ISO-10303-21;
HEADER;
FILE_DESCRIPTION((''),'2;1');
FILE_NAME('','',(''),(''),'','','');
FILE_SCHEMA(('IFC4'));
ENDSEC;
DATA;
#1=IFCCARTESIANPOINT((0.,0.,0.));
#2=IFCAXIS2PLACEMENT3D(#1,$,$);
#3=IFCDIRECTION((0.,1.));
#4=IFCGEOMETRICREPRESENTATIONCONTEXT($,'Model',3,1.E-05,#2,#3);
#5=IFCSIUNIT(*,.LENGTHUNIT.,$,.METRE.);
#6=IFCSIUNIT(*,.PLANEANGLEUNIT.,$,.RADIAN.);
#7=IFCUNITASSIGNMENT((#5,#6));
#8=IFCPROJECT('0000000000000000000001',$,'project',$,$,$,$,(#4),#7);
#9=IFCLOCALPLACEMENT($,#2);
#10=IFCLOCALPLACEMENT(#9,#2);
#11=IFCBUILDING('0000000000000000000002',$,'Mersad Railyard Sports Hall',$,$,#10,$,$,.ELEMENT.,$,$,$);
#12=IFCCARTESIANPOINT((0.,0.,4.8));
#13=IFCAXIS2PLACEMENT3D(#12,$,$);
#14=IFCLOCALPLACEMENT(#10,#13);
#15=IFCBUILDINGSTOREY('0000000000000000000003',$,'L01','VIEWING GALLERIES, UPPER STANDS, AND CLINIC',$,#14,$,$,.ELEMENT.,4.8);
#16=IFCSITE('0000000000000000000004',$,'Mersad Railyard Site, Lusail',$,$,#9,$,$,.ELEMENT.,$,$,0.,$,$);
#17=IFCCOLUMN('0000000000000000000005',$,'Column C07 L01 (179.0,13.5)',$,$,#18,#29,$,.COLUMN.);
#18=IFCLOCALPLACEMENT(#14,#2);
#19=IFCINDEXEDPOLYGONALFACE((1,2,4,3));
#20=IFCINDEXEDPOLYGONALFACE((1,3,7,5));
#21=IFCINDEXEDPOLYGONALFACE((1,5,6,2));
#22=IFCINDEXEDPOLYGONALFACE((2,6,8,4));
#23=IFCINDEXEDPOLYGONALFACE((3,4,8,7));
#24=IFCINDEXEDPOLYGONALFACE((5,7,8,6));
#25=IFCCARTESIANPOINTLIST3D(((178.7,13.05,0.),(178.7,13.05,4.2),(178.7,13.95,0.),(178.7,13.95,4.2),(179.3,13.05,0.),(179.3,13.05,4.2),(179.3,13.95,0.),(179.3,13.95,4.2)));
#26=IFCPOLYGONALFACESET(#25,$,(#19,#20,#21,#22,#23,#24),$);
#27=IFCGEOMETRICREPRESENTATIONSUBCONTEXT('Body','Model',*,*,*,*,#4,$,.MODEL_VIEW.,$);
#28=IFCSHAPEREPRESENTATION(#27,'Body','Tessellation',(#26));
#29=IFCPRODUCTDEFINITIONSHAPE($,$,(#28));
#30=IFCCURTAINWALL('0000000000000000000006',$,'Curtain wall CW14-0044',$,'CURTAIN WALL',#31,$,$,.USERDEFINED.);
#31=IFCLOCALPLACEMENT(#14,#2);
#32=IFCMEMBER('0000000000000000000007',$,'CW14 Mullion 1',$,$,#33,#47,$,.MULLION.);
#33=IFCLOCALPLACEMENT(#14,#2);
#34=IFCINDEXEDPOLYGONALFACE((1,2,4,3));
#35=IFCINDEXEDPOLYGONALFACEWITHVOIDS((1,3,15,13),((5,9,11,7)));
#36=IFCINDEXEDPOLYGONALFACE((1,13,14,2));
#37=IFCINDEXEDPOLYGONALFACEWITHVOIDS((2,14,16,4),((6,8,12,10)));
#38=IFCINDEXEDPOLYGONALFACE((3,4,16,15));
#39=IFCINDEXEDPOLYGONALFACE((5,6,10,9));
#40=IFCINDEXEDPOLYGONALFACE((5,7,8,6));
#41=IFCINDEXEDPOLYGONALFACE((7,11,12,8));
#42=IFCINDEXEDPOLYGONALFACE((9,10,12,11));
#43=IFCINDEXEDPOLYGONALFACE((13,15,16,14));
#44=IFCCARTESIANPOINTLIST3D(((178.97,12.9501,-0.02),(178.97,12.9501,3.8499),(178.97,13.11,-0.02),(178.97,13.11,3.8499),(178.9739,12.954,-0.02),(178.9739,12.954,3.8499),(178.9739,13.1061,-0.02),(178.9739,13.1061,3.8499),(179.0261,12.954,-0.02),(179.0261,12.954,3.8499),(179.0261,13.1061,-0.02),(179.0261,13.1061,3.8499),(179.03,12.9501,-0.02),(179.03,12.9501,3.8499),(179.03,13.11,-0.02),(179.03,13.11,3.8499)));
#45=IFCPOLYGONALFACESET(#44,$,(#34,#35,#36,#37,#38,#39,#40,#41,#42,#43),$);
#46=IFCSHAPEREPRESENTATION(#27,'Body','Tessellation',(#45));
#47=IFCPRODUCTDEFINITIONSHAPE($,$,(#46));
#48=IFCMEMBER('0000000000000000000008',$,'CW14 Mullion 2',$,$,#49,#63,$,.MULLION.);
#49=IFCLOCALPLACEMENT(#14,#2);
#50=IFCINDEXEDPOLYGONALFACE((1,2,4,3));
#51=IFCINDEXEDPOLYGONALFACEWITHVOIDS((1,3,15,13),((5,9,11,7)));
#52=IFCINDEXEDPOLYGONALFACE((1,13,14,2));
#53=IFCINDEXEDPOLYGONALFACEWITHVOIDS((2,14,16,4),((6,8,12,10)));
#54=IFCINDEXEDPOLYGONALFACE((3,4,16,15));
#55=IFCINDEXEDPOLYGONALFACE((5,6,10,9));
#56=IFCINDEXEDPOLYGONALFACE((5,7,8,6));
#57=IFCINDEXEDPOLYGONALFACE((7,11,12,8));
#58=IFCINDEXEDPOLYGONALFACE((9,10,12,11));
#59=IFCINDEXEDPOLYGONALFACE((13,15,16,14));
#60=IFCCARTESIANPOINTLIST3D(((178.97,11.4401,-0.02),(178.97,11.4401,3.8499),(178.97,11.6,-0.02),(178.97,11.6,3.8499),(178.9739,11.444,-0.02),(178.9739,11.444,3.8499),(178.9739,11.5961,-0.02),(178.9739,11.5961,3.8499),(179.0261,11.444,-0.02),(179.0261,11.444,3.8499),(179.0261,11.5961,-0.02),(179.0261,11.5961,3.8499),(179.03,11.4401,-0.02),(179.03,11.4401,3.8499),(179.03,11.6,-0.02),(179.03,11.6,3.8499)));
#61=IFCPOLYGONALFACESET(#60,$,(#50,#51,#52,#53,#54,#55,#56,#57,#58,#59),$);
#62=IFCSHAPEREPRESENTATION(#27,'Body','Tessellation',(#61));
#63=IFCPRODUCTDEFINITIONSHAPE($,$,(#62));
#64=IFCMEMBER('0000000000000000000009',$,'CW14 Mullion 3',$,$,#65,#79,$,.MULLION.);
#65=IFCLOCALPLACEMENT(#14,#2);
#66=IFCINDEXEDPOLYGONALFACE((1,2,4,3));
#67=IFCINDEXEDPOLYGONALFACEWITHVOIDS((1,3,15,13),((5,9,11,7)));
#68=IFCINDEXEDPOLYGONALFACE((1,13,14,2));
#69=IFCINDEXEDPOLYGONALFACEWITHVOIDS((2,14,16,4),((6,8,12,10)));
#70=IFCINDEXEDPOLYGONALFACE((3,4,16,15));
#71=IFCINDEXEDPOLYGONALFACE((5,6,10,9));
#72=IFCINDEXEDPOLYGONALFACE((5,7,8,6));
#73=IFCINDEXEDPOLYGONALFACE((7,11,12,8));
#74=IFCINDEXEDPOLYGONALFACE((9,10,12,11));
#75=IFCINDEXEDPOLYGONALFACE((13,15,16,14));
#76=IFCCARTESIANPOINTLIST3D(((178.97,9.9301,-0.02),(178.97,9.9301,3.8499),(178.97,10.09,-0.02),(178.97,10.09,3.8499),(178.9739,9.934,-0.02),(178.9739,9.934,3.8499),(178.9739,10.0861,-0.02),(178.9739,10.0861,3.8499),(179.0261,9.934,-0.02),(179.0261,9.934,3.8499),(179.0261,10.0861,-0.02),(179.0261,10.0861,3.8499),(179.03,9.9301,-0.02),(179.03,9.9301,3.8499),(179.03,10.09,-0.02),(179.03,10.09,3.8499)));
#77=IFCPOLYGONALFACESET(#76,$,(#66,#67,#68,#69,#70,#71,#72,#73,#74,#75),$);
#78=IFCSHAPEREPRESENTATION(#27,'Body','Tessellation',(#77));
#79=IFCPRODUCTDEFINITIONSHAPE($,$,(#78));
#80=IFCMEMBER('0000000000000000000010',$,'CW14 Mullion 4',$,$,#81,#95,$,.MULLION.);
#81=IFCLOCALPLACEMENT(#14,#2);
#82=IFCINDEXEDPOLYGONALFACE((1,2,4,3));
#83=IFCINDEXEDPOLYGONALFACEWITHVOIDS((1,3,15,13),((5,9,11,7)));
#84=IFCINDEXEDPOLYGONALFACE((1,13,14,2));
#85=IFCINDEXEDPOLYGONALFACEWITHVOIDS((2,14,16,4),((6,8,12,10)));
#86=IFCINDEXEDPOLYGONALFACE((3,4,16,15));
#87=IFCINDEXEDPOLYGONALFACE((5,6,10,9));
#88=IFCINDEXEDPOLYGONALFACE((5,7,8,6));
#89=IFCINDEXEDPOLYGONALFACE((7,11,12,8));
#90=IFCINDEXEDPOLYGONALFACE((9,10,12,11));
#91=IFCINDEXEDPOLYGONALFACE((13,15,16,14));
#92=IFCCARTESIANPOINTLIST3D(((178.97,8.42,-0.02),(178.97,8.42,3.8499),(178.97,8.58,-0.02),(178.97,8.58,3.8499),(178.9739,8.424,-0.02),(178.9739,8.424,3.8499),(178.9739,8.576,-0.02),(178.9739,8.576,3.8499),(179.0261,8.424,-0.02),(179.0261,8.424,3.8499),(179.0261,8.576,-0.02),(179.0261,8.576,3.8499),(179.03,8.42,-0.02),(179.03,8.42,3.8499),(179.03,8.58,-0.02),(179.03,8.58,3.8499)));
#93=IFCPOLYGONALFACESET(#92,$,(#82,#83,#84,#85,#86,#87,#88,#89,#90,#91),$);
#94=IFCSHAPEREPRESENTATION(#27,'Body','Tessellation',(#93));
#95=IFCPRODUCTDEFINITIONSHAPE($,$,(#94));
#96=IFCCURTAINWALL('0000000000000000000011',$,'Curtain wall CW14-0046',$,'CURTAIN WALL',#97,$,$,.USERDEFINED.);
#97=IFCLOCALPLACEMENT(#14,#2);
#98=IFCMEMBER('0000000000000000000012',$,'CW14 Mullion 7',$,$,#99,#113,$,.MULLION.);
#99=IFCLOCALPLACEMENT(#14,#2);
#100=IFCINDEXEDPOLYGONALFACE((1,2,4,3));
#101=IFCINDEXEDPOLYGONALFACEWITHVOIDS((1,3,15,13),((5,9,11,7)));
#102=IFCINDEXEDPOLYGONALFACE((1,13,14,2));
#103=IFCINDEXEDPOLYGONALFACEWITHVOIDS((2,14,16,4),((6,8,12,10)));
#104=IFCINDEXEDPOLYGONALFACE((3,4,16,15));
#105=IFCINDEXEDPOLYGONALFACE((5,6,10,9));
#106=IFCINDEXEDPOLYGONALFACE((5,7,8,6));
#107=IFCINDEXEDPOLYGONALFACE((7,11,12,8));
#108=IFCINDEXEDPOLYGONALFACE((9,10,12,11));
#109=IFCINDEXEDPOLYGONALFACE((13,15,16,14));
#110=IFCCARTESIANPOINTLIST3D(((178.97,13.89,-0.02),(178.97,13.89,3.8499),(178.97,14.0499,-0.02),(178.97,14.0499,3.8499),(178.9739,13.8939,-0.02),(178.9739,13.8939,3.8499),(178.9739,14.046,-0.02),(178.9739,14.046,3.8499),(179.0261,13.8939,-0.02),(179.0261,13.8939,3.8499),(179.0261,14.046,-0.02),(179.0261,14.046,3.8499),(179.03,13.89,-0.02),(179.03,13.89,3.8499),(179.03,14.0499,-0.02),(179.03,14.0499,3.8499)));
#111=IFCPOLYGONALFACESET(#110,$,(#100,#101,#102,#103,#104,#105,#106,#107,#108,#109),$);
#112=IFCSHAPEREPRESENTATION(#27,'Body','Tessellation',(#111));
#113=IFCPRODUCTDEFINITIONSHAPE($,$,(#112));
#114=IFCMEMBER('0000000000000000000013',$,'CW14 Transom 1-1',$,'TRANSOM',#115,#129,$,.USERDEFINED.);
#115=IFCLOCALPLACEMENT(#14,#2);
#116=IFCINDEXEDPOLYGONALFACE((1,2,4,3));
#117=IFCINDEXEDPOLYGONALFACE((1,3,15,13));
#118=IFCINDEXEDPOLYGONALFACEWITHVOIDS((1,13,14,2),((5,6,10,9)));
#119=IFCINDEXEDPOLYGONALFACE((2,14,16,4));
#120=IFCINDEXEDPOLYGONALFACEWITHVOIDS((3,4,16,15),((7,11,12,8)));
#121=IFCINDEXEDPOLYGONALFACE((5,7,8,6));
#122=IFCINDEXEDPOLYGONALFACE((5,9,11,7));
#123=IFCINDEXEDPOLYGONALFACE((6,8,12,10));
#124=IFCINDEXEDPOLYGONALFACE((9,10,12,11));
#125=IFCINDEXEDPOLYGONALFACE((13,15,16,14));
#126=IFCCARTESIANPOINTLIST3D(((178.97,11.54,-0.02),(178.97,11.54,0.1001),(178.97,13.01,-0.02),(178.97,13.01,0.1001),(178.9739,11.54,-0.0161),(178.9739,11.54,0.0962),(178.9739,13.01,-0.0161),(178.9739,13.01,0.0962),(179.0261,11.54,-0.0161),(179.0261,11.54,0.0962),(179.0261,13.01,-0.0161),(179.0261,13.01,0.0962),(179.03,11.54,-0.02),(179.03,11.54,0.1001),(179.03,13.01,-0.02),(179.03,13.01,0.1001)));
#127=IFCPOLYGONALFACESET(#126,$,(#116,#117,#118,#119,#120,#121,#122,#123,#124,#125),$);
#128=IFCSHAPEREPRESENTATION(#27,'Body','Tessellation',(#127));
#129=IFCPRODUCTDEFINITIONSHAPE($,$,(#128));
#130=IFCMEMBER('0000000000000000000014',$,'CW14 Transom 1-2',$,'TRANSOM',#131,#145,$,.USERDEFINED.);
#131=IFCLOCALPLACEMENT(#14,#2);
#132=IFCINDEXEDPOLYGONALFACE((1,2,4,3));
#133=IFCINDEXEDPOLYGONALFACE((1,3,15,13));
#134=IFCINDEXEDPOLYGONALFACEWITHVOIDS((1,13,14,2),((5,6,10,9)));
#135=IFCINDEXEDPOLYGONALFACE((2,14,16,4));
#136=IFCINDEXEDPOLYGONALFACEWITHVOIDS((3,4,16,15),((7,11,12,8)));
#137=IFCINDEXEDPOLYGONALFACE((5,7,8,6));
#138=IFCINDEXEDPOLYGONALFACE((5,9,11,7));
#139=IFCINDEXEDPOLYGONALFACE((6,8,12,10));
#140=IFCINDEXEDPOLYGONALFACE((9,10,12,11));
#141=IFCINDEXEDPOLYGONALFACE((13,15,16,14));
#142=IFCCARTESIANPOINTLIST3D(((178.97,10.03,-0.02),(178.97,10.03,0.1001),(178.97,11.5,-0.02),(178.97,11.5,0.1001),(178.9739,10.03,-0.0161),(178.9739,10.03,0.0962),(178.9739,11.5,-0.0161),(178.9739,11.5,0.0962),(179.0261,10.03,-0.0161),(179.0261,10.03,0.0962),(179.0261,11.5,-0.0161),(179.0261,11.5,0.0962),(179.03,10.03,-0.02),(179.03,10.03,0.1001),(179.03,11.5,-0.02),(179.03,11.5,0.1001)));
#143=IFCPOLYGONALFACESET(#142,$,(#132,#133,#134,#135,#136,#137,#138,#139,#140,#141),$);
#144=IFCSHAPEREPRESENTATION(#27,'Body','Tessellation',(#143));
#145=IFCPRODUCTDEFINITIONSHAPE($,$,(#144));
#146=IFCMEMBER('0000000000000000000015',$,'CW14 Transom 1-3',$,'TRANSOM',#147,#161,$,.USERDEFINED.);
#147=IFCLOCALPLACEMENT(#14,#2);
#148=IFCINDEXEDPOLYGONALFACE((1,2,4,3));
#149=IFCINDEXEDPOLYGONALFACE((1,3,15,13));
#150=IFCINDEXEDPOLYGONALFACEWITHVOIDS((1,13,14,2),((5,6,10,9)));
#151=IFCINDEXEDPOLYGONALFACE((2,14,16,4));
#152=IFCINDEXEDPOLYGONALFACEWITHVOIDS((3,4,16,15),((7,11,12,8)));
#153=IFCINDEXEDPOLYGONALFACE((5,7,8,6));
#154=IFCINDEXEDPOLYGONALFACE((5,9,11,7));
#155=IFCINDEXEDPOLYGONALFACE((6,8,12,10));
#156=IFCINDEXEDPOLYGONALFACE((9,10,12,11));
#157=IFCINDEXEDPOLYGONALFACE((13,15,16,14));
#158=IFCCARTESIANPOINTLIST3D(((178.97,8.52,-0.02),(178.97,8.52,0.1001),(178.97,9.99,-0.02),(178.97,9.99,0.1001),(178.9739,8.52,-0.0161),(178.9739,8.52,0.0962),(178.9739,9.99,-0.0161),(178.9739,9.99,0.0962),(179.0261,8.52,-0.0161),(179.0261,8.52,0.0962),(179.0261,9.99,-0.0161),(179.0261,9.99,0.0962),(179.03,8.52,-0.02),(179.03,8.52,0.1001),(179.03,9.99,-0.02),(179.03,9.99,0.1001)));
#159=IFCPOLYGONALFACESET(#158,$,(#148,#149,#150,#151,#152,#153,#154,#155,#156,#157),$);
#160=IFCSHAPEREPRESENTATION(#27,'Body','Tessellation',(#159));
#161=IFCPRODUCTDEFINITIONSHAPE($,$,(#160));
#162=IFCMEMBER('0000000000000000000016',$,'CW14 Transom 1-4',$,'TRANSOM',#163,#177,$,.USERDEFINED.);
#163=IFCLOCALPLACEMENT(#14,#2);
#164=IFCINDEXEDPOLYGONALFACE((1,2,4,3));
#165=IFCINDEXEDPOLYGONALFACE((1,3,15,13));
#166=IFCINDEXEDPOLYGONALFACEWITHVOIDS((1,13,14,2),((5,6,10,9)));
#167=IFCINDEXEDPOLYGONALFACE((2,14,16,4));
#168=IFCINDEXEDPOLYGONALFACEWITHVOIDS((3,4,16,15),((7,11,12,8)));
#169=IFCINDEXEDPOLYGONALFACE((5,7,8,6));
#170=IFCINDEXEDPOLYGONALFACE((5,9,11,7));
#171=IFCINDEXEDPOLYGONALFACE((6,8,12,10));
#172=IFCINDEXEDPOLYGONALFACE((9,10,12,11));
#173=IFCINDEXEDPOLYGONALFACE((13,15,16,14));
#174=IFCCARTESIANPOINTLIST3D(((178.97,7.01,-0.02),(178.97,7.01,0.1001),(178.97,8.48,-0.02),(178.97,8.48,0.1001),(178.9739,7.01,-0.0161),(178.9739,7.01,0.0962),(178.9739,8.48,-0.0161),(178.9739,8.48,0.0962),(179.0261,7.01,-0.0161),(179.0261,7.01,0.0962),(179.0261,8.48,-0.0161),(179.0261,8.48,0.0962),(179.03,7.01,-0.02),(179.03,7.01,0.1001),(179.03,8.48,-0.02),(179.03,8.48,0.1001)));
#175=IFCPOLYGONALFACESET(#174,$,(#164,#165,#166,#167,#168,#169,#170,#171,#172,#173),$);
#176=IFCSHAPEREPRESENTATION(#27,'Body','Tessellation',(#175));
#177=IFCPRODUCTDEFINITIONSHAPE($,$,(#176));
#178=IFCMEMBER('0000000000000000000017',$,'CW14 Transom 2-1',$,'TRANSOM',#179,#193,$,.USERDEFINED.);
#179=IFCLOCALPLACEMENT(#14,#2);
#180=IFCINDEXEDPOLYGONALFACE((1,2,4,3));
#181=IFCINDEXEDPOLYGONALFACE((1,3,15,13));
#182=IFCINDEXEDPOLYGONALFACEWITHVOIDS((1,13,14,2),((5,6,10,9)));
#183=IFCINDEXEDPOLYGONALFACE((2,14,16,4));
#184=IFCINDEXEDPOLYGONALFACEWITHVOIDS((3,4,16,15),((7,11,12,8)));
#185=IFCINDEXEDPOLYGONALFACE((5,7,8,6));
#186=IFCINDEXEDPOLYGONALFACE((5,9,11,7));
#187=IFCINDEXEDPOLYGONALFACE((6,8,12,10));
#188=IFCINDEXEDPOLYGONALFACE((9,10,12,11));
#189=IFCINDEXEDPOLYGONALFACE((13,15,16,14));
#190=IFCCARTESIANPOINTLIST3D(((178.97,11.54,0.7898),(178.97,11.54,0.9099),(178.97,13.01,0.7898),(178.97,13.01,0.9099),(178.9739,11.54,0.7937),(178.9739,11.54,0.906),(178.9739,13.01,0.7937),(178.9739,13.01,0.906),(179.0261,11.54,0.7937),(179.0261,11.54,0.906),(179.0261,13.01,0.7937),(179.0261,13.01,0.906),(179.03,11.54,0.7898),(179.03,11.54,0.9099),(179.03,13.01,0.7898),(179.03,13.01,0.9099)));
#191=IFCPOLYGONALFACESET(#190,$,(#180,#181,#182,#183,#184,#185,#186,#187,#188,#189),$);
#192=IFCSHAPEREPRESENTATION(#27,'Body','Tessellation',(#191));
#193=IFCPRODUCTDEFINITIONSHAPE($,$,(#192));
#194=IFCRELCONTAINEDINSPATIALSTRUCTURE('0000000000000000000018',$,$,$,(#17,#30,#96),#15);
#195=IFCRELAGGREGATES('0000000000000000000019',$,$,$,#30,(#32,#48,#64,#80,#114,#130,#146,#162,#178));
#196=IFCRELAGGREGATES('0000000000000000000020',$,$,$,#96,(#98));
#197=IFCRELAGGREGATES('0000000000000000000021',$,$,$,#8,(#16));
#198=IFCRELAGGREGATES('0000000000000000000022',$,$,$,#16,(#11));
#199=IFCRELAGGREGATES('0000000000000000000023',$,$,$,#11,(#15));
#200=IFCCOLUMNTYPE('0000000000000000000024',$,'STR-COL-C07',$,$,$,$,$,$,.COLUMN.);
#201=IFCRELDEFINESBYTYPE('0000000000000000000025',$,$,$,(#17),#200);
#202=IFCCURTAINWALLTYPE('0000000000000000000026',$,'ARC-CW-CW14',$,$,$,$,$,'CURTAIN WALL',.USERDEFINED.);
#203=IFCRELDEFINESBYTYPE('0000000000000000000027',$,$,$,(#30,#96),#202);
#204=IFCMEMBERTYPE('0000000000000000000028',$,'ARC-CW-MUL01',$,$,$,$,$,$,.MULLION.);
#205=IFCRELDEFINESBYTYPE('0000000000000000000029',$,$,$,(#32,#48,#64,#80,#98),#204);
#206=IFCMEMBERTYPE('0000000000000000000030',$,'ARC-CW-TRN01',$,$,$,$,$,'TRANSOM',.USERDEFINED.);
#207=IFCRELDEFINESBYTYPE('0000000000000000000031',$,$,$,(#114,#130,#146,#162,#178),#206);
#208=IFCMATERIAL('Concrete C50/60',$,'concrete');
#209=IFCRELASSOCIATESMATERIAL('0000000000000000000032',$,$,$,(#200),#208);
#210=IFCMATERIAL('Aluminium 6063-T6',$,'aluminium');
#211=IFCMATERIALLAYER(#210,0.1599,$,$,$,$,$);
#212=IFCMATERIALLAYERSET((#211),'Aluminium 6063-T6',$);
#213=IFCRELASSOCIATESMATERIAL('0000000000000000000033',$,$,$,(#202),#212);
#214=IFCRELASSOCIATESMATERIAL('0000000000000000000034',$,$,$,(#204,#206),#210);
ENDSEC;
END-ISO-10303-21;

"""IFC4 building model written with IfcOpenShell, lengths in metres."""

from ifc_helpers import new_model, si_unit, direction, frame, origin, origin_2d, place, context, subcontext, project, spatial, rectangle, hollow_rectangle, extrude, material, layer, layer_set, material_profile, profile_set, type_object, element, aggregate, save


model = new_model("IFC4")

# Units and contexts
model_context = context("Model", 3, precision=1e-05, world=origin(), true_north=direction((0.0, 1.0)))
body_context = subcontext(model_context, "Body", "Model", "MODEL_VIEW")
ifc_project = project(units=[si_unit("LENGTHUNIT", "METRE"), si_unit("PLANEANGLEUNIT", "RADIAN")], contexts=[model_context])

# Site, building, storey
site_placement = place(None, origin())
site = spatial("IfcSite", under=ifc_project, at=site_placement, Name="Mersad Railyard Site, Lusail", CompositionType="ELEMENT", RefElevation=0.0)
building_placement = place(site_placement, origin())
building = spatial("IfcBuilding", under=site, at=building_placement, Name="Mersad Railyard Sports Hall", CompositionType="ELEMENT")
storey_placement = place(building_placement, frame((0.0, 0.0, 4.8)))
storey = spatial("IfcBuildingStorey", under=building, at=storey_placement, Name="L01", Description="VIEWING GALLERIES, UPPER STANDS, AND CLINIC", CompositionType="ELEMENT", Elevation=4.8)

# Column
ifc_material_1 = material(Name="Concrete C50/60", Category="concrete")
ifc_material_profile_1 = material_profile(ifc_material_1, rectangle(XDim=0.6001, YDim=0.8999, at=origin_2d()), Name="RC 600x900")
ifc_profile_set_1 = profile_set([ifc_material_profile_1], Name="Concrete C50/60")
column_type = type_object("IfcColumnType", Name="STR-COL-C07", PredefinedType="COLUMN", material=ifc_profile_set_1)
column_placement = place(storey_placement, frame((179.0, 13.5, 0.0), z_axis=(0.0, 0.0, 1.0), x_axis=(1.0, 0.0, 0.0)))
element("IfcColumn", 1, at=column_placement, inside=storey, type_object=column_type, Name="Column C07 L01 (179.0,13.5)", PredefinedType="COLUMN", context=body_context, shape_type="SweptSolid", body=[
    extrude(rectangle(XDim=0.6001, YDim=0.8999, at=origin_2d()), origin(), (0.0, 0.0, 1.0), 4.2),
])

# Curtain wall, members
ifc_material_2 = material(Name="Aluminium 6063-T6", Category="aluminium")
ifc_layer_1 = layer(ifc_material_2, 0.1599)
ifc_layer_set_1 = layer_set([ifc_layer_1], Name="Aluminium 6063-T6")
curtain_wall_type = type_object("IfcCurtainWallType", Name="ARC-CW-CW14", ElementType="CURTAIN WALL", PredefinedType="USERDEFINED", material=ifc_layer_set_1)
curtain_wall_1_placement = place(storey_placement, origin())
curtain_wall_1 = element("IfcCurtainWall", 2, at=curtain_wall_1_placement, inside=storey, type_object=curtain_wall_type, Name="Curtain wall CW14-0044", ObjectType="CURTAIN WALL", PredefinedType="USERDEFINED")
ifc_material_profile_2 = material_profile(ifc_material_2, hollow_rectangle(XDim=0.0601, YDim=0.1599, WallThickness=0.0039, at=origin_2d()), Name="AL MULLION 60x160x4")
ifc_profile_set_2 = profile_set([ifc_material_profile_2], Name="Aluminium 6063-T6")
member_type_1 = type_object("IfcMemberType", Name="ARC-CW-MUL01", PredefinedType="MULLION", material=ifc_profile_set_2)
member_1_placement = place(storey_placement, frame((179.0, 13.03, -0.02), z_axis=(0.0, 0.0, 1.0), x_axis=(1.0, 0.0, 0.0)))
member_1 = element("IfcMember", 3, at=member_1_placement, type_object=member_type_1, Name="CW14 Mullion 1", PredefinedType="MULLION", context=body_context, shape_type="SweptSolid", body=[
    extrude(hollow_rectangle(XDim=0.0601, YDim=0.1599, WallThickness=0.0039, at=origin_2d()), origin(), (0.0, 0.0, 1.0), 3.8699),
])
member_2_placement = place(storey_placement, frame((179.0, 11.52, -0.02), z_axis=(0.0, 0.0, 1.0), x_axis=(1.0, 0.0, 0.0)))
member_2 = element("IfcMember", 4, at=member_2_placement, type_object=member_type_1, Name="CW14 Mullion 2", PredefinedType="MULLION", context=body_context, shape_type="SweptSolid", body=[
    extrude(hollow_rectangle(XDim=0.0601, YDim=0.1599, WallThickness=0.0039, at=origin_2d()), origin(), (0.0, 0.0, 1.0), 3.8699),
])
member_3_placement = place(storey_placement, frame((179.0, 10.01, -0.02), z_axis=(0.0, 0.0, 1.0), x_axis=(1.0, 0.0, 0.0)))
member_3 = element("IfcMember", 5, at=member_3_placement, type_object=member_type_1, Name="CW14 Mullion 3", PredefinedType="MULLION", context=body_context, shape_type="SweptSolid", body=[
    extrude(hollow_rectangle(XDim=0.0601, YDim=0.1599, WallThickness=0.0039, at=origin_2d()), origin(), (0.0, 0.0, 1.0), 3.8699),
])
member_4_placement = place(storey_placement, frame((179.0, 8.5, -0.02), z_axis=(0.0, 0.0, 1.0), x_axis=(1.0, 0.0, 0.0)))
member_4 = element("IfcMember", 6, at=member_4_placement, type_object=member_type_1, Name="CW14 Mullion 4", PredefinedType="MULLION", context=body_context, shape_type="SweptSolid", body=[
    extrude(hollow_rectangle(XDim=0.0601, YDim=0.1599, WallThickness=0.0039, at=origin_2d()), origin(), (0.0, 0.0, 1.0), 3.8699),
])

# Curtain wall, member
curtain_wall_2_placement = place(storey_placement, origin())
curtain_wall_2 = element("IfcCurtainWall", 7, at=curtain_wall_2_placement, inside=storey, type_object=curtain_wall_type, Name="Curtain wall CW14-0046", ObjectType="CURTAIN WALL", PredefinedType="USERDEFINED")
member_5_placement = place(storey_placement, frame((179.0, 13.97, -0.02), z_axis=(0.0, 0.0, 1.0), x_axis=(1.0, 0.0, 0.0)))
member_5 = element("IfcMember", 8, at=member_5_placement, type_object=member_type_1, Name="CW14 Mullion 7", PredefinedType="MULLION", context=body_context, shape_type="SweptSolid", body=[
    extrude(hollow_rectangle(XDim=0.0601, YDim=0.1599, WallThickness=0.0039, at=origin_2d()), origin(), (0.0, 0.0, 1.0), 3.8699),
])

# Members
ifc_material_profile_3 = material_profile(ifc_material_2, hollow_rectangle(XDim=0.0601, YDim=0.1201, WallThickness=0.0039, at=origin_2d()), Name="AL TRANSOM 60x120x4")
ifc_profile_set_3 = profile_set([ifc_material_profile_3], Name="Aluminium 6063-T6")
member_type_2 = type_object("IfcMemberType", Name="ARC-CW-TRN01", ElementType="TRANSOM", PredefinedType="USERDEFINED", material=ifc_profile_set_3)
member_6_placement = place(storey_placement, frame((179.0, 13.01, 0.04), z_axis=(0.0, -1.0, 0.0), x_axis=(1.0, 0.0, 0.0)))
member_6 = element("IfcMember", 9, at=member_6_placement, type_object=member_type_2, Name="CW14 Transom 1-1", ObjectType="TRANSOM", PredefinedType="USERDEFINED", context=body_context, shape_type="SweptSolid", body=[
    extrude(hollow_rectangle(XDim=0.0601, YDim=0.1201, WallThickness=0.0039, at=origin_2d()), origin(), (0.0, 0.0, 1.0), 1.47),
])
member_7_placement = place(storey_placement, frame((179.0, 11.5, 0.04), z_axis=(0.0, -1.0, 0.0), x_axis=(1.0, 0.0, 0.0)))
member_7 = element("IfcMember", 10, at=member_7_placement, type_object=member_type_2, Name="CW14 Transom 1-2", ObjectType="TRANSOM", PredefinedType="USERDEFINED", context=body_context, shape_type="SweptSolid", body=[
    extrude(hollow_rectangle(XDim=0.0601, YDim=0.1201, WallThickness=0.0039, at=origin_2d()), origin(), (0.0, 0.0, 1.0), 1.47),
])
member_8_placement = place(storey_placement, frame((179.0, 9.99, 0.04), z_axis=(0.0, -1.0, 0.0), x_axis=(1.0, 0.0, 0.0)))
member_8 = element("IfcMember", 11, at=member_8_placement, type_object=member_type_2, Name="CW14 Transom 1-3", ObjectType="TRANSOM", PredefinedType="USERDEFINED", context=body_context, shape_type="SweptSolid", body=[
    extrude(hollow_rectangle(XDim=0.0601, YDim=0.1201, WallThickness=0.0039, at=origin_2d()), origin(), (0.0, 0.0, 1.0), 1.47),
])
member_9_placement = place(storey_placement, frame((179.0, 8.48, 0.04), z_axis=(0.0, -1.0, 0.0), x_axis=(1.0, 0.0, 0.0)))
member_9 = element("IfcMember", 12, at=member_9_placement, type_object=member_type_2, Name="CW14 Transom 1-4", ObjectType="TRANSOM", PredefinedType="USERDEFINED", context=body_context, shape_type="SweptSolid", body=[
    extrude(hollow_rectangle(XDim=0.0601, YDim=0.1201, WallThickness=0.0039, at=origin_2d()), origin(), (0.0, 0.0, 1.0), 1.47),
])
member_10_placement = place(storey_placement, frame((179.0, 13.01, 0.8499), z_axis=(0.0, -1.0, 0.0), x_axis=(1.0, 0.0, 0.0)))
member_10 = element("IfcMember", 13, at=member_10_placement, type_object=member_type_2, Name="CW14 Transom 2-1", ObjectType="TRANSOM", PredefinedType="USERDEFINED", context=body_context, shape_type="SweptSolid", body=[
    extrude(hollow_rectangle(XDim=0.0601, YDim=0.1201, WallThickness=0.0039, at=origin_2d()), origin(), (0.0, 0.0, 1.0), 1.47),
])

aggregate(curtain_wall_1, [member_1, member_2, member_3, member_4, member_6, member_7, member_8, member_9, member_10])
aggregate(curtain_wall_2, [member_5])

save(model, "model.ifc")
